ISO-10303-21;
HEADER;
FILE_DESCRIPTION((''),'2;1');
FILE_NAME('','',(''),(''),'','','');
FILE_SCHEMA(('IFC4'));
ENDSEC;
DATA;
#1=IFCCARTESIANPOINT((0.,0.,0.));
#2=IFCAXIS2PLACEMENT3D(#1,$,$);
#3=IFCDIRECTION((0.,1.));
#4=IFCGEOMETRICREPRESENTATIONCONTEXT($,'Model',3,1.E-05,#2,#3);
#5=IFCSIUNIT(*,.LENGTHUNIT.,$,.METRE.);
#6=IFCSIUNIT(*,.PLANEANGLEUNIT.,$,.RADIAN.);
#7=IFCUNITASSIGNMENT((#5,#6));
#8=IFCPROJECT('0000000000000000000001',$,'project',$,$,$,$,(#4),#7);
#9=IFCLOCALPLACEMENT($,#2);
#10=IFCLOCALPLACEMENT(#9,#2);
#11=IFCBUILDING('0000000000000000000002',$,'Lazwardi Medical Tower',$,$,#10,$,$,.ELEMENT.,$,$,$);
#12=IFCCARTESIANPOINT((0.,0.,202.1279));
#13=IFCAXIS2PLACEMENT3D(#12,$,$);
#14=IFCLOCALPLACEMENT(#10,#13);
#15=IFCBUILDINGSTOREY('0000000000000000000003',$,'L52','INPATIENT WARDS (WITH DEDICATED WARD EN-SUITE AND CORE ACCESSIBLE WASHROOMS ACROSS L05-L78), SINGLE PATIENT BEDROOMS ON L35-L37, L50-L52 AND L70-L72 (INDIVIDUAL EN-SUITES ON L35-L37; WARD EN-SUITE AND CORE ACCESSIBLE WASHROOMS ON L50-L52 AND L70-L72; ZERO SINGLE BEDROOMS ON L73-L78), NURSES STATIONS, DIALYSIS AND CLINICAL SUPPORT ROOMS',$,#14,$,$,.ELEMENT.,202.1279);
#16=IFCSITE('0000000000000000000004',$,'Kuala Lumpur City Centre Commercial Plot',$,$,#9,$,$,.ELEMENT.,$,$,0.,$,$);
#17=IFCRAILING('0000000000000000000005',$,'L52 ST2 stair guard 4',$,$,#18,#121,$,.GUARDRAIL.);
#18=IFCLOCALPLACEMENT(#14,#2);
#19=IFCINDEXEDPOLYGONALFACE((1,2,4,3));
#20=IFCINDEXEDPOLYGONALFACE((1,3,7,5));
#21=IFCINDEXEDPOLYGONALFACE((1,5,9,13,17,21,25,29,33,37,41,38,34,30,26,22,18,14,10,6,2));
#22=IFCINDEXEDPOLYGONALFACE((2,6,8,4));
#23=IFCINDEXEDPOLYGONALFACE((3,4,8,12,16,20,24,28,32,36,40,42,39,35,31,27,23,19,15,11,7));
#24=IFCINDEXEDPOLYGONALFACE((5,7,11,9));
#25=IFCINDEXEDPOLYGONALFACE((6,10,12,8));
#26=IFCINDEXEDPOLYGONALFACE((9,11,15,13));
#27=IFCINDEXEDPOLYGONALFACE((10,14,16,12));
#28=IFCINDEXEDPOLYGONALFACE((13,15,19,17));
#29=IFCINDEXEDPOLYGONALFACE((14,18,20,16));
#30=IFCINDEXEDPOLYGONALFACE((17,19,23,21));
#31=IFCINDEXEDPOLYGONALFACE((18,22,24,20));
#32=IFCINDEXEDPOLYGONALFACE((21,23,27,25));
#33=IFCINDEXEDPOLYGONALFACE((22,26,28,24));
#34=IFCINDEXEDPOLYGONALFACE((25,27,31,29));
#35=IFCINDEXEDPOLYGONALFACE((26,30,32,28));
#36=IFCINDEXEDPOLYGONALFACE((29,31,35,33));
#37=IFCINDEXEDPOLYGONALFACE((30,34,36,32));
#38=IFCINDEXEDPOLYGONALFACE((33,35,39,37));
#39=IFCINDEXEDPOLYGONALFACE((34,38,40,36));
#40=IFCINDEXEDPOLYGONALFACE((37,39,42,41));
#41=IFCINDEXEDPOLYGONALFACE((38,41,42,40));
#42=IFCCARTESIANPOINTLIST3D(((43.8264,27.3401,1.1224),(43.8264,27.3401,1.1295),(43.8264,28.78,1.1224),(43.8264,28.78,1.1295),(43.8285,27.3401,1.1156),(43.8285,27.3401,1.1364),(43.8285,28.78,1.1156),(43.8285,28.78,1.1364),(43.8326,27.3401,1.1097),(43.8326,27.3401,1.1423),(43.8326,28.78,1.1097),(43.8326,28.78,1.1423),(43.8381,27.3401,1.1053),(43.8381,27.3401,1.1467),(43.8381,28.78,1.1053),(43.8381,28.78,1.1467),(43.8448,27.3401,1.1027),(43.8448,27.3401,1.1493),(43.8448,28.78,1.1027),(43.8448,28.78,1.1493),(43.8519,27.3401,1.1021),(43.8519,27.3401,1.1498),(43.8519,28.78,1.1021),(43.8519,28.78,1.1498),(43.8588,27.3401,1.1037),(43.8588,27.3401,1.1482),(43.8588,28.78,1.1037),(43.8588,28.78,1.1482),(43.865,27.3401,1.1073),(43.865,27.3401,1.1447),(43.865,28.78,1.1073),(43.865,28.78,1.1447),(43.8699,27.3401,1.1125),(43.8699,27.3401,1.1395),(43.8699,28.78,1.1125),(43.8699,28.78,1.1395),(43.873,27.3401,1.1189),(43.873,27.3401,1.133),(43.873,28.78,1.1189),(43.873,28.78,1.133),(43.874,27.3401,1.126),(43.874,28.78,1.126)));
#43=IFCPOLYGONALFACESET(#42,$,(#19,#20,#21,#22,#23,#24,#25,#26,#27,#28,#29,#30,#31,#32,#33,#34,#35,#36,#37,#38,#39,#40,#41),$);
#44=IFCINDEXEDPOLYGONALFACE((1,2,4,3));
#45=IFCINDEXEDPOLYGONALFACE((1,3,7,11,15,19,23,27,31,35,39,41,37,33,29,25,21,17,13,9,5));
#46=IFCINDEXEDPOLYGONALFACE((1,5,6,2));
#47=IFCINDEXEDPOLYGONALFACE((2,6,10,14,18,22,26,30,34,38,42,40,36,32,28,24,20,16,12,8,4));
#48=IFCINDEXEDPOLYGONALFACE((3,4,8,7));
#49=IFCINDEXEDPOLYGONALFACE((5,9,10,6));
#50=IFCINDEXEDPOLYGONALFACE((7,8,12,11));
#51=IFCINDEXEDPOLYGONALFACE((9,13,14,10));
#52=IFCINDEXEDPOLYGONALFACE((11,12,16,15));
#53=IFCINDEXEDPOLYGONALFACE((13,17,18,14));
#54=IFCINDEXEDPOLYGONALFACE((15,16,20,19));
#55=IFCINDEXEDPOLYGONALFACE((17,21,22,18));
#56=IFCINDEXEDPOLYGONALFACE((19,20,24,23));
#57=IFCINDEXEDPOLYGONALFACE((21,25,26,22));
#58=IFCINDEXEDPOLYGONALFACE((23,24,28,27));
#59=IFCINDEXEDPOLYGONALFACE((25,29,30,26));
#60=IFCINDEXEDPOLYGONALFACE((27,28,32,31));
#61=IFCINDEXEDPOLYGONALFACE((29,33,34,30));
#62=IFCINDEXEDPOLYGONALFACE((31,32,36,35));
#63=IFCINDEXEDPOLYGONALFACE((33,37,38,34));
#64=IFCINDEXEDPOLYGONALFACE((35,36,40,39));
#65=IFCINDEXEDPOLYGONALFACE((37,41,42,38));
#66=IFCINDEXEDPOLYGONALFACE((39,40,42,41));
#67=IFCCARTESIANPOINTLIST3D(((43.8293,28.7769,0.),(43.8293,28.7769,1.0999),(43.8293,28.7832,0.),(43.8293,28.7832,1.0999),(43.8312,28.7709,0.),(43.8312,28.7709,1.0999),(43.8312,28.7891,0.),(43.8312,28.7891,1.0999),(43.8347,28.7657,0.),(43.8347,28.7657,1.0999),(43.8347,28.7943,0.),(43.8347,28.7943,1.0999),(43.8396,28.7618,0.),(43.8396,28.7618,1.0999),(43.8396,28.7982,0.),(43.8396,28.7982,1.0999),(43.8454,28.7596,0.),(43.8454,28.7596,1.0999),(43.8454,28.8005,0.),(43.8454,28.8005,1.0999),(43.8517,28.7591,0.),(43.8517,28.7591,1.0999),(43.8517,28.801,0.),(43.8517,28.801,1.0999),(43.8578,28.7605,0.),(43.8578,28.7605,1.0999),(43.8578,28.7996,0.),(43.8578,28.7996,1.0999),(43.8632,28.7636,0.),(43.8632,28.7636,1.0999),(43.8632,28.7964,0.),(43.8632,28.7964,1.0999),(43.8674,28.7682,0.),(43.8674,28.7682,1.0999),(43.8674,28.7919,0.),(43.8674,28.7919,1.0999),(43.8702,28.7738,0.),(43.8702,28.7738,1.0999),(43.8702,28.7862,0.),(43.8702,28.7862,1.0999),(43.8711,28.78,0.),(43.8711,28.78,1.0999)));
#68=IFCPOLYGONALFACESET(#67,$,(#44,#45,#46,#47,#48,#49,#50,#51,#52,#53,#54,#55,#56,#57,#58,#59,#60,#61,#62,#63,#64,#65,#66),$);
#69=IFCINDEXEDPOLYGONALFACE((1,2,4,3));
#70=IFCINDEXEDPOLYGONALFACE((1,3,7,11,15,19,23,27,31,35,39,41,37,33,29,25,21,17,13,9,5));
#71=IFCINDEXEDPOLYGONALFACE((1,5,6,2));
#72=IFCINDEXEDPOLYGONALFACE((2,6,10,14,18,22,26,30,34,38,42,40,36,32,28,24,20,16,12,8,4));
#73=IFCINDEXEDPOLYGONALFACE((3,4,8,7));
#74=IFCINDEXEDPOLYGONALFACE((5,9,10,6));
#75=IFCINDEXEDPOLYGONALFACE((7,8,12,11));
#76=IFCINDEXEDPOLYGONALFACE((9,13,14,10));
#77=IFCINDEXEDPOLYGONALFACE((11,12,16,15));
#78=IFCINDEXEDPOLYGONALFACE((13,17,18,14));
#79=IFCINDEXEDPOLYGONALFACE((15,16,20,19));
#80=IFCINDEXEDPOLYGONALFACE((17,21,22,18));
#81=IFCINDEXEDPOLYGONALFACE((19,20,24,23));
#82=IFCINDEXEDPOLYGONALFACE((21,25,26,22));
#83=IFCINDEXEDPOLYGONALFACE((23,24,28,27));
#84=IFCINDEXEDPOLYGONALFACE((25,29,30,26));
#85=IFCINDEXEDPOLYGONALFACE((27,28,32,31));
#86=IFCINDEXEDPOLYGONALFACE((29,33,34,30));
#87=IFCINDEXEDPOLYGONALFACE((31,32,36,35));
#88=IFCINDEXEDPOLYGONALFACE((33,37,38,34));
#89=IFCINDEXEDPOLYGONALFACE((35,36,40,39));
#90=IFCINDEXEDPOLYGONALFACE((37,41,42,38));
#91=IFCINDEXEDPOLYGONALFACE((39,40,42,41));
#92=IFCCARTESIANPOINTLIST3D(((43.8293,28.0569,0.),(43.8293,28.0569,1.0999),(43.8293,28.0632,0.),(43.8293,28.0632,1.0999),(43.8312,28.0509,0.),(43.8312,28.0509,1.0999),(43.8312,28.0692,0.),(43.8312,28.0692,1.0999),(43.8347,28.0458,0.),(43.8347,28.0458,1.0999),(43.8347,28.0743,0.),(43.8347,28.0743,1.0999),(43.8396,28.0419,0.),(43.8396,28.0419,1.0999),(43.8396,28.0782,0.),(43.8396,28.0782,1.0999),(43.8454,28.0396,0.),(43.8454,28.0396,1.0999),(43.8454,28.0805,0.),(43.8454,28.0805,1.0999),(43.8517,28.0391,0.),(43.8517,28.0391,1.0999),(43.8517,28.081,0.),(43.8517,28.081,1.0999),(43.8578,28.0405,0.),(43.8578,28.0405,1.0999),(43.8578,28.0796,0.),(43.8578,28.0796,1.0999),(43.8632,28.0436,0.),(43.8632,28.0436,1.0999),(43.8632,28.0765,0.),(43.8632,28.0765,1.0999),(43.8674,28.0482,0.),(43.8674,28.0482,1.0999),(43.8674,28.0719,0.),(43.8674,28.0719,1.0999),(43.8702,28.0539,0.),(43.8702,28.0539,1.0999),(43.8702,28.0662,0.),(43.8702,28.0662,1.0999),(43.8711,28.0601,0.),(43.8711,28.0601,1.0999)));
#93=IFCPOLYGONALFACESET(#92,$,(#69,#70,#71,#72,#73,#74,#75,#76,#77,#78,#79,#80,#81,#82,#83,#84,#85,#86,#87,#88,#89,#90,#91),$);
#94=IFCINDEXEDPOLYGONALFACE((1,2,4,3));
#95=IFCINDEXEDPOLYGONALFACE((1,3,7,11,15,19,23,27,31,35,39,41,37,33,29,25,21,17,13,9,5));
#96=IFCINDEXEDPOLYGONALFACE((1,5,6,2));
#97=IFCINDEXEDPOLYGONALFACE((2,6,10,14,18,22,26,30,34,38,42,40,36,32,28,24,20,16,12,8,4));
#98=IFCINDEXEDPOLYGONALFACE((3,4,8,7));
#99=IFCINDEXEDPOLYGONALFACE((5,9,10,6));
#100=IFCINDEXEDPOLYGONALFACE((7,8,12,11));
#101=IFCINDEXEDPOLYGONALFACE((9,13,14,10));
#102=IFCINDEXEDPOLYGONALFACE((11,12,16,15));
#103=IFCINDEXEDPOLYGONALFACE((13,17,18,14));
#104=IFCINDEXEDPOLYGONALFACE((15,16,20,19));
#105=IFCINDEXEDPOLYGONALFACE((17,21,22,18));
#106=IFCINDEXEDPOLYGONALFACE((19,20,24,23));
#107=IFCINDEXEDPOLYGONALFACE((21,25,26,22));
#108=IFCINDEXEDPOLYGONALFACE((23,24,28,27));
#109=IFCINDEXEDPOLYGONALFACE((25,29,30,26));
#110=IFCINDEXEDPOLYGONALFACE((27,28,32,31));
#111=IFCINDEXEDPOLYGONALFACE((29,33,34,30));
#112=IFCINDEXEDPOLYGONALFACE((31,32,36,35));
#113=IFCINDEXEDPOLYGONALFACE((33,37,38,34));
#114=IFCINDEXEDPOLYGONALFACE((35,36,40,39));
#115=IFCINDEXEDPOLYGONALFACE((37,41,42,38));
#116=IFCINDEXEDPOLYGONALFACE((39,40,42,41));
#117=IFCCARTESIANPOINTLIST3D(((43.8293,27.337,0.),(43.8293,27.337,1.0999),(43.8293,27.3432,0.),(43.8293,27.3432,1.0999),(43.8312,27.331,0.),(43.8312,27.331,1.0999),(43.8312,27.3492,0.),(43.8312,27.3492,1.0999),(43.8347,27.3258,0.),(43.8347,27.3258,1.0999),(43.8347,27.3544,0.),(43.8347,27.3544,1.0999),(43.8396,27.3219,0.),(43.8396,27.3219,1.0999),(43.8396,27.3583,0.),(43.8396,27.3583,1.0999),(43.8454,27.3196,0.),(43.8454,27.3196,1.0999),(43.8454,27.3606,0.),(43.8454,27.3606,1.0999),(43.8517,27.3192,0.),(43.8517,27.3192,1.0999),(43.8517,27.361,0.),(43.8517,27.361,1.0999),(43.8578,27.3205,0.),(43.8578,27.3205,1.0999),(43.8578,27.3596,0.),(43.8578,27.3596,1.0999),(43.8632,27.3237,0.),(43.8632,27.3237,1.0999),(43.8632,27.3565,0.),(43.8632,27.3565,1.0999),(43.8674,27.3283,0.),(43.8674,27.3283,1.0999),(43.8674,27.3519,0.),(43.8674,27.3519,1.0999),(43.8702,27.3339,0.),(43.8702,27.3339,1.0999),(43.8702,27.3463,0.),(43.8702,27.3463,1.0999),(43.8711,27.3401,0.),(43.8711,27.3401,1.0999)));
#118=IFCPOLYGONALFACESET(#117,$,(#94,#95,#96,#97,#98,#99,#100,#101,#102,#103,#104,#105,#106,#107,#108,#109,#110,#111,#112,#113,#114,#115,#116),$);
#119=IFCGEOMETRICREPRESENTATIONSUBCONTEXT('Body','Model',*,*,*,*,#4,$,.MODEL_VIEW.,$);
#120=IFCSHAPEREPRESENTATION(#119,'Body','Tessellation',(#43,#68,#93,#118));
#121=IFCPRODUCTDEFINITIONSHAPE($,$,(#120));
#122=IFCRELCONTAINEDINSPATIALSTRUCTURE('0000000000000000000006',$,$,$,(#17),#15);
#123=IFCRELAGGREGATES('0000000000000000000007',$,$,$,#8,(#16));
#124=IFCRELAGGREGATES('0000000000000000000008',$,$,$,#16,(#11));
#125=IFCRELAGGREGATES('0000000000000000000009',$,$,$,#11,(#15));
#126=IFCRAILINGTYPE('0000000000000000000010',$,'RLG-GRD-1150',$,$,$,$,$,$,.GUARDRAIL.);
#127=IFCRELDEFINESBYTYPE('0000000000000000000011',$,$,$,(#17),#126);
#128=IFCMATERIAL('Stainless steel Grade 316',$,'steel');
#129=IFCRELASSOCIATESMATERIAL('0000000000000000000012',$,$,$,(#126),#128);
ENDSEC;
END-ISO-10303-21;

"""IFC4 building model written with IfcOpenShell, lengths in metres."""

from ifc_helpers import new_model, si_unit, direction, frame, origin, origin_2d, place, context, subcontext, project, spatial, circle, extrude, material, type_object, element, save


model = new_model("IFC4")

# Units and contexts
model_context = context("Model", 3, precision=1e-05, world=origin(), true_north=direction((0.0, 1.0)))
body_context = subcontext(model_context, "Body", "Model", "MODEL_VIEW")
ifc_project = project(units=[si_unit("LENGTHUNIT", "METRE"), si_unit("PLANEANGLEUNIT", "RADIAN")], contexts=[model_context])

# Site, building, storey
site_placement = place(None, origin())
site = spatial("IfcSite", under=ifc_project, at=site_placement, Name="Kuala Lumpur City Centre Commercial Plot", CompositionType="ELEMENT", RefElevation=0.0)
building_placement = place(site_placement, origin())
building = spatial("IfcBuilding", under=site, at=building_placement, Name="Lazwardi Medical Tower", CompositionType="ELEMENT")
storey_placement = place(building_placement, frame((0.0, 0.0, 202.1279)))
storey = spatial("IfcBuildingStorey", under=building, at=storey_placement, Name="L52", Description="INPATIENT WARDS (WITH DEDICATED WARD EN-SUITE AND CORE ACCESSIBLE WASHROOMS ACROSS L05-L78), SINGLE PATIENT BEDROOMS ON L35-L37, L50-L52 AND L70-L72 (INDIVIDUAL EN-SUITES ON L35-L37; WARD EN-SUITE AND CORE ACCESSIBLE WASHROOMS ON L50-L52 AND L70-L72; ZERO SINGLE BEDROOMS ON L73-L78), NURSES STATIONS, DIALYSIS AND CLINICAL SUPPORT ROOMS", CompositionType="ELEMENT", Elevation=202.1279)

# Railing
ifc_material_1 = material(Name="Stainless steel Grade 316", Category="steel")
railing_type_1 = type_object("IfcRailingType", Name="RLG-GRD-1150", PredefinedType="GUARDRAIL", material=ifc_material_1)
railing_1_placement = place(storey_placement, frame((43.8501, 28.78, 0.0)))
element("IfcRailing", 1, at=railing_1_placement, inside=storey, type_object=railing_type_1, Name="L52 ST2 stair guard 4", PredefinedType="GUARDRAIL", context=body_context, shape_type="SweptSolid", body=[
    extrude(circle(Radius=0.0239, at=origin_2d()), frame((0.0, 0.0, 1.126), z_axis=(0.0, -1.0, 0.0), x_axis=(1.0, 0.0, 0.0)), (0.0, 0.0, 1.0), 1.4399),
    extrude(circle(Radius=0.021, at=origin_2d()), origin(), (0.0, 0.0, 1.0), 1.0999),
    extrude(circle(Radius=0.021, at=origin_2d()), frame((0.0, -0.72, 0.0)), (0.0, 0.0, 1.0), 1.0999),
    extrude(circle(Radius=0.021, at=origin_2d()), frame((0.0, -1.4399, 0.0)), (0.0, 0.0, 1.0), 1.0999),
])

save(model, "model.ifc")
